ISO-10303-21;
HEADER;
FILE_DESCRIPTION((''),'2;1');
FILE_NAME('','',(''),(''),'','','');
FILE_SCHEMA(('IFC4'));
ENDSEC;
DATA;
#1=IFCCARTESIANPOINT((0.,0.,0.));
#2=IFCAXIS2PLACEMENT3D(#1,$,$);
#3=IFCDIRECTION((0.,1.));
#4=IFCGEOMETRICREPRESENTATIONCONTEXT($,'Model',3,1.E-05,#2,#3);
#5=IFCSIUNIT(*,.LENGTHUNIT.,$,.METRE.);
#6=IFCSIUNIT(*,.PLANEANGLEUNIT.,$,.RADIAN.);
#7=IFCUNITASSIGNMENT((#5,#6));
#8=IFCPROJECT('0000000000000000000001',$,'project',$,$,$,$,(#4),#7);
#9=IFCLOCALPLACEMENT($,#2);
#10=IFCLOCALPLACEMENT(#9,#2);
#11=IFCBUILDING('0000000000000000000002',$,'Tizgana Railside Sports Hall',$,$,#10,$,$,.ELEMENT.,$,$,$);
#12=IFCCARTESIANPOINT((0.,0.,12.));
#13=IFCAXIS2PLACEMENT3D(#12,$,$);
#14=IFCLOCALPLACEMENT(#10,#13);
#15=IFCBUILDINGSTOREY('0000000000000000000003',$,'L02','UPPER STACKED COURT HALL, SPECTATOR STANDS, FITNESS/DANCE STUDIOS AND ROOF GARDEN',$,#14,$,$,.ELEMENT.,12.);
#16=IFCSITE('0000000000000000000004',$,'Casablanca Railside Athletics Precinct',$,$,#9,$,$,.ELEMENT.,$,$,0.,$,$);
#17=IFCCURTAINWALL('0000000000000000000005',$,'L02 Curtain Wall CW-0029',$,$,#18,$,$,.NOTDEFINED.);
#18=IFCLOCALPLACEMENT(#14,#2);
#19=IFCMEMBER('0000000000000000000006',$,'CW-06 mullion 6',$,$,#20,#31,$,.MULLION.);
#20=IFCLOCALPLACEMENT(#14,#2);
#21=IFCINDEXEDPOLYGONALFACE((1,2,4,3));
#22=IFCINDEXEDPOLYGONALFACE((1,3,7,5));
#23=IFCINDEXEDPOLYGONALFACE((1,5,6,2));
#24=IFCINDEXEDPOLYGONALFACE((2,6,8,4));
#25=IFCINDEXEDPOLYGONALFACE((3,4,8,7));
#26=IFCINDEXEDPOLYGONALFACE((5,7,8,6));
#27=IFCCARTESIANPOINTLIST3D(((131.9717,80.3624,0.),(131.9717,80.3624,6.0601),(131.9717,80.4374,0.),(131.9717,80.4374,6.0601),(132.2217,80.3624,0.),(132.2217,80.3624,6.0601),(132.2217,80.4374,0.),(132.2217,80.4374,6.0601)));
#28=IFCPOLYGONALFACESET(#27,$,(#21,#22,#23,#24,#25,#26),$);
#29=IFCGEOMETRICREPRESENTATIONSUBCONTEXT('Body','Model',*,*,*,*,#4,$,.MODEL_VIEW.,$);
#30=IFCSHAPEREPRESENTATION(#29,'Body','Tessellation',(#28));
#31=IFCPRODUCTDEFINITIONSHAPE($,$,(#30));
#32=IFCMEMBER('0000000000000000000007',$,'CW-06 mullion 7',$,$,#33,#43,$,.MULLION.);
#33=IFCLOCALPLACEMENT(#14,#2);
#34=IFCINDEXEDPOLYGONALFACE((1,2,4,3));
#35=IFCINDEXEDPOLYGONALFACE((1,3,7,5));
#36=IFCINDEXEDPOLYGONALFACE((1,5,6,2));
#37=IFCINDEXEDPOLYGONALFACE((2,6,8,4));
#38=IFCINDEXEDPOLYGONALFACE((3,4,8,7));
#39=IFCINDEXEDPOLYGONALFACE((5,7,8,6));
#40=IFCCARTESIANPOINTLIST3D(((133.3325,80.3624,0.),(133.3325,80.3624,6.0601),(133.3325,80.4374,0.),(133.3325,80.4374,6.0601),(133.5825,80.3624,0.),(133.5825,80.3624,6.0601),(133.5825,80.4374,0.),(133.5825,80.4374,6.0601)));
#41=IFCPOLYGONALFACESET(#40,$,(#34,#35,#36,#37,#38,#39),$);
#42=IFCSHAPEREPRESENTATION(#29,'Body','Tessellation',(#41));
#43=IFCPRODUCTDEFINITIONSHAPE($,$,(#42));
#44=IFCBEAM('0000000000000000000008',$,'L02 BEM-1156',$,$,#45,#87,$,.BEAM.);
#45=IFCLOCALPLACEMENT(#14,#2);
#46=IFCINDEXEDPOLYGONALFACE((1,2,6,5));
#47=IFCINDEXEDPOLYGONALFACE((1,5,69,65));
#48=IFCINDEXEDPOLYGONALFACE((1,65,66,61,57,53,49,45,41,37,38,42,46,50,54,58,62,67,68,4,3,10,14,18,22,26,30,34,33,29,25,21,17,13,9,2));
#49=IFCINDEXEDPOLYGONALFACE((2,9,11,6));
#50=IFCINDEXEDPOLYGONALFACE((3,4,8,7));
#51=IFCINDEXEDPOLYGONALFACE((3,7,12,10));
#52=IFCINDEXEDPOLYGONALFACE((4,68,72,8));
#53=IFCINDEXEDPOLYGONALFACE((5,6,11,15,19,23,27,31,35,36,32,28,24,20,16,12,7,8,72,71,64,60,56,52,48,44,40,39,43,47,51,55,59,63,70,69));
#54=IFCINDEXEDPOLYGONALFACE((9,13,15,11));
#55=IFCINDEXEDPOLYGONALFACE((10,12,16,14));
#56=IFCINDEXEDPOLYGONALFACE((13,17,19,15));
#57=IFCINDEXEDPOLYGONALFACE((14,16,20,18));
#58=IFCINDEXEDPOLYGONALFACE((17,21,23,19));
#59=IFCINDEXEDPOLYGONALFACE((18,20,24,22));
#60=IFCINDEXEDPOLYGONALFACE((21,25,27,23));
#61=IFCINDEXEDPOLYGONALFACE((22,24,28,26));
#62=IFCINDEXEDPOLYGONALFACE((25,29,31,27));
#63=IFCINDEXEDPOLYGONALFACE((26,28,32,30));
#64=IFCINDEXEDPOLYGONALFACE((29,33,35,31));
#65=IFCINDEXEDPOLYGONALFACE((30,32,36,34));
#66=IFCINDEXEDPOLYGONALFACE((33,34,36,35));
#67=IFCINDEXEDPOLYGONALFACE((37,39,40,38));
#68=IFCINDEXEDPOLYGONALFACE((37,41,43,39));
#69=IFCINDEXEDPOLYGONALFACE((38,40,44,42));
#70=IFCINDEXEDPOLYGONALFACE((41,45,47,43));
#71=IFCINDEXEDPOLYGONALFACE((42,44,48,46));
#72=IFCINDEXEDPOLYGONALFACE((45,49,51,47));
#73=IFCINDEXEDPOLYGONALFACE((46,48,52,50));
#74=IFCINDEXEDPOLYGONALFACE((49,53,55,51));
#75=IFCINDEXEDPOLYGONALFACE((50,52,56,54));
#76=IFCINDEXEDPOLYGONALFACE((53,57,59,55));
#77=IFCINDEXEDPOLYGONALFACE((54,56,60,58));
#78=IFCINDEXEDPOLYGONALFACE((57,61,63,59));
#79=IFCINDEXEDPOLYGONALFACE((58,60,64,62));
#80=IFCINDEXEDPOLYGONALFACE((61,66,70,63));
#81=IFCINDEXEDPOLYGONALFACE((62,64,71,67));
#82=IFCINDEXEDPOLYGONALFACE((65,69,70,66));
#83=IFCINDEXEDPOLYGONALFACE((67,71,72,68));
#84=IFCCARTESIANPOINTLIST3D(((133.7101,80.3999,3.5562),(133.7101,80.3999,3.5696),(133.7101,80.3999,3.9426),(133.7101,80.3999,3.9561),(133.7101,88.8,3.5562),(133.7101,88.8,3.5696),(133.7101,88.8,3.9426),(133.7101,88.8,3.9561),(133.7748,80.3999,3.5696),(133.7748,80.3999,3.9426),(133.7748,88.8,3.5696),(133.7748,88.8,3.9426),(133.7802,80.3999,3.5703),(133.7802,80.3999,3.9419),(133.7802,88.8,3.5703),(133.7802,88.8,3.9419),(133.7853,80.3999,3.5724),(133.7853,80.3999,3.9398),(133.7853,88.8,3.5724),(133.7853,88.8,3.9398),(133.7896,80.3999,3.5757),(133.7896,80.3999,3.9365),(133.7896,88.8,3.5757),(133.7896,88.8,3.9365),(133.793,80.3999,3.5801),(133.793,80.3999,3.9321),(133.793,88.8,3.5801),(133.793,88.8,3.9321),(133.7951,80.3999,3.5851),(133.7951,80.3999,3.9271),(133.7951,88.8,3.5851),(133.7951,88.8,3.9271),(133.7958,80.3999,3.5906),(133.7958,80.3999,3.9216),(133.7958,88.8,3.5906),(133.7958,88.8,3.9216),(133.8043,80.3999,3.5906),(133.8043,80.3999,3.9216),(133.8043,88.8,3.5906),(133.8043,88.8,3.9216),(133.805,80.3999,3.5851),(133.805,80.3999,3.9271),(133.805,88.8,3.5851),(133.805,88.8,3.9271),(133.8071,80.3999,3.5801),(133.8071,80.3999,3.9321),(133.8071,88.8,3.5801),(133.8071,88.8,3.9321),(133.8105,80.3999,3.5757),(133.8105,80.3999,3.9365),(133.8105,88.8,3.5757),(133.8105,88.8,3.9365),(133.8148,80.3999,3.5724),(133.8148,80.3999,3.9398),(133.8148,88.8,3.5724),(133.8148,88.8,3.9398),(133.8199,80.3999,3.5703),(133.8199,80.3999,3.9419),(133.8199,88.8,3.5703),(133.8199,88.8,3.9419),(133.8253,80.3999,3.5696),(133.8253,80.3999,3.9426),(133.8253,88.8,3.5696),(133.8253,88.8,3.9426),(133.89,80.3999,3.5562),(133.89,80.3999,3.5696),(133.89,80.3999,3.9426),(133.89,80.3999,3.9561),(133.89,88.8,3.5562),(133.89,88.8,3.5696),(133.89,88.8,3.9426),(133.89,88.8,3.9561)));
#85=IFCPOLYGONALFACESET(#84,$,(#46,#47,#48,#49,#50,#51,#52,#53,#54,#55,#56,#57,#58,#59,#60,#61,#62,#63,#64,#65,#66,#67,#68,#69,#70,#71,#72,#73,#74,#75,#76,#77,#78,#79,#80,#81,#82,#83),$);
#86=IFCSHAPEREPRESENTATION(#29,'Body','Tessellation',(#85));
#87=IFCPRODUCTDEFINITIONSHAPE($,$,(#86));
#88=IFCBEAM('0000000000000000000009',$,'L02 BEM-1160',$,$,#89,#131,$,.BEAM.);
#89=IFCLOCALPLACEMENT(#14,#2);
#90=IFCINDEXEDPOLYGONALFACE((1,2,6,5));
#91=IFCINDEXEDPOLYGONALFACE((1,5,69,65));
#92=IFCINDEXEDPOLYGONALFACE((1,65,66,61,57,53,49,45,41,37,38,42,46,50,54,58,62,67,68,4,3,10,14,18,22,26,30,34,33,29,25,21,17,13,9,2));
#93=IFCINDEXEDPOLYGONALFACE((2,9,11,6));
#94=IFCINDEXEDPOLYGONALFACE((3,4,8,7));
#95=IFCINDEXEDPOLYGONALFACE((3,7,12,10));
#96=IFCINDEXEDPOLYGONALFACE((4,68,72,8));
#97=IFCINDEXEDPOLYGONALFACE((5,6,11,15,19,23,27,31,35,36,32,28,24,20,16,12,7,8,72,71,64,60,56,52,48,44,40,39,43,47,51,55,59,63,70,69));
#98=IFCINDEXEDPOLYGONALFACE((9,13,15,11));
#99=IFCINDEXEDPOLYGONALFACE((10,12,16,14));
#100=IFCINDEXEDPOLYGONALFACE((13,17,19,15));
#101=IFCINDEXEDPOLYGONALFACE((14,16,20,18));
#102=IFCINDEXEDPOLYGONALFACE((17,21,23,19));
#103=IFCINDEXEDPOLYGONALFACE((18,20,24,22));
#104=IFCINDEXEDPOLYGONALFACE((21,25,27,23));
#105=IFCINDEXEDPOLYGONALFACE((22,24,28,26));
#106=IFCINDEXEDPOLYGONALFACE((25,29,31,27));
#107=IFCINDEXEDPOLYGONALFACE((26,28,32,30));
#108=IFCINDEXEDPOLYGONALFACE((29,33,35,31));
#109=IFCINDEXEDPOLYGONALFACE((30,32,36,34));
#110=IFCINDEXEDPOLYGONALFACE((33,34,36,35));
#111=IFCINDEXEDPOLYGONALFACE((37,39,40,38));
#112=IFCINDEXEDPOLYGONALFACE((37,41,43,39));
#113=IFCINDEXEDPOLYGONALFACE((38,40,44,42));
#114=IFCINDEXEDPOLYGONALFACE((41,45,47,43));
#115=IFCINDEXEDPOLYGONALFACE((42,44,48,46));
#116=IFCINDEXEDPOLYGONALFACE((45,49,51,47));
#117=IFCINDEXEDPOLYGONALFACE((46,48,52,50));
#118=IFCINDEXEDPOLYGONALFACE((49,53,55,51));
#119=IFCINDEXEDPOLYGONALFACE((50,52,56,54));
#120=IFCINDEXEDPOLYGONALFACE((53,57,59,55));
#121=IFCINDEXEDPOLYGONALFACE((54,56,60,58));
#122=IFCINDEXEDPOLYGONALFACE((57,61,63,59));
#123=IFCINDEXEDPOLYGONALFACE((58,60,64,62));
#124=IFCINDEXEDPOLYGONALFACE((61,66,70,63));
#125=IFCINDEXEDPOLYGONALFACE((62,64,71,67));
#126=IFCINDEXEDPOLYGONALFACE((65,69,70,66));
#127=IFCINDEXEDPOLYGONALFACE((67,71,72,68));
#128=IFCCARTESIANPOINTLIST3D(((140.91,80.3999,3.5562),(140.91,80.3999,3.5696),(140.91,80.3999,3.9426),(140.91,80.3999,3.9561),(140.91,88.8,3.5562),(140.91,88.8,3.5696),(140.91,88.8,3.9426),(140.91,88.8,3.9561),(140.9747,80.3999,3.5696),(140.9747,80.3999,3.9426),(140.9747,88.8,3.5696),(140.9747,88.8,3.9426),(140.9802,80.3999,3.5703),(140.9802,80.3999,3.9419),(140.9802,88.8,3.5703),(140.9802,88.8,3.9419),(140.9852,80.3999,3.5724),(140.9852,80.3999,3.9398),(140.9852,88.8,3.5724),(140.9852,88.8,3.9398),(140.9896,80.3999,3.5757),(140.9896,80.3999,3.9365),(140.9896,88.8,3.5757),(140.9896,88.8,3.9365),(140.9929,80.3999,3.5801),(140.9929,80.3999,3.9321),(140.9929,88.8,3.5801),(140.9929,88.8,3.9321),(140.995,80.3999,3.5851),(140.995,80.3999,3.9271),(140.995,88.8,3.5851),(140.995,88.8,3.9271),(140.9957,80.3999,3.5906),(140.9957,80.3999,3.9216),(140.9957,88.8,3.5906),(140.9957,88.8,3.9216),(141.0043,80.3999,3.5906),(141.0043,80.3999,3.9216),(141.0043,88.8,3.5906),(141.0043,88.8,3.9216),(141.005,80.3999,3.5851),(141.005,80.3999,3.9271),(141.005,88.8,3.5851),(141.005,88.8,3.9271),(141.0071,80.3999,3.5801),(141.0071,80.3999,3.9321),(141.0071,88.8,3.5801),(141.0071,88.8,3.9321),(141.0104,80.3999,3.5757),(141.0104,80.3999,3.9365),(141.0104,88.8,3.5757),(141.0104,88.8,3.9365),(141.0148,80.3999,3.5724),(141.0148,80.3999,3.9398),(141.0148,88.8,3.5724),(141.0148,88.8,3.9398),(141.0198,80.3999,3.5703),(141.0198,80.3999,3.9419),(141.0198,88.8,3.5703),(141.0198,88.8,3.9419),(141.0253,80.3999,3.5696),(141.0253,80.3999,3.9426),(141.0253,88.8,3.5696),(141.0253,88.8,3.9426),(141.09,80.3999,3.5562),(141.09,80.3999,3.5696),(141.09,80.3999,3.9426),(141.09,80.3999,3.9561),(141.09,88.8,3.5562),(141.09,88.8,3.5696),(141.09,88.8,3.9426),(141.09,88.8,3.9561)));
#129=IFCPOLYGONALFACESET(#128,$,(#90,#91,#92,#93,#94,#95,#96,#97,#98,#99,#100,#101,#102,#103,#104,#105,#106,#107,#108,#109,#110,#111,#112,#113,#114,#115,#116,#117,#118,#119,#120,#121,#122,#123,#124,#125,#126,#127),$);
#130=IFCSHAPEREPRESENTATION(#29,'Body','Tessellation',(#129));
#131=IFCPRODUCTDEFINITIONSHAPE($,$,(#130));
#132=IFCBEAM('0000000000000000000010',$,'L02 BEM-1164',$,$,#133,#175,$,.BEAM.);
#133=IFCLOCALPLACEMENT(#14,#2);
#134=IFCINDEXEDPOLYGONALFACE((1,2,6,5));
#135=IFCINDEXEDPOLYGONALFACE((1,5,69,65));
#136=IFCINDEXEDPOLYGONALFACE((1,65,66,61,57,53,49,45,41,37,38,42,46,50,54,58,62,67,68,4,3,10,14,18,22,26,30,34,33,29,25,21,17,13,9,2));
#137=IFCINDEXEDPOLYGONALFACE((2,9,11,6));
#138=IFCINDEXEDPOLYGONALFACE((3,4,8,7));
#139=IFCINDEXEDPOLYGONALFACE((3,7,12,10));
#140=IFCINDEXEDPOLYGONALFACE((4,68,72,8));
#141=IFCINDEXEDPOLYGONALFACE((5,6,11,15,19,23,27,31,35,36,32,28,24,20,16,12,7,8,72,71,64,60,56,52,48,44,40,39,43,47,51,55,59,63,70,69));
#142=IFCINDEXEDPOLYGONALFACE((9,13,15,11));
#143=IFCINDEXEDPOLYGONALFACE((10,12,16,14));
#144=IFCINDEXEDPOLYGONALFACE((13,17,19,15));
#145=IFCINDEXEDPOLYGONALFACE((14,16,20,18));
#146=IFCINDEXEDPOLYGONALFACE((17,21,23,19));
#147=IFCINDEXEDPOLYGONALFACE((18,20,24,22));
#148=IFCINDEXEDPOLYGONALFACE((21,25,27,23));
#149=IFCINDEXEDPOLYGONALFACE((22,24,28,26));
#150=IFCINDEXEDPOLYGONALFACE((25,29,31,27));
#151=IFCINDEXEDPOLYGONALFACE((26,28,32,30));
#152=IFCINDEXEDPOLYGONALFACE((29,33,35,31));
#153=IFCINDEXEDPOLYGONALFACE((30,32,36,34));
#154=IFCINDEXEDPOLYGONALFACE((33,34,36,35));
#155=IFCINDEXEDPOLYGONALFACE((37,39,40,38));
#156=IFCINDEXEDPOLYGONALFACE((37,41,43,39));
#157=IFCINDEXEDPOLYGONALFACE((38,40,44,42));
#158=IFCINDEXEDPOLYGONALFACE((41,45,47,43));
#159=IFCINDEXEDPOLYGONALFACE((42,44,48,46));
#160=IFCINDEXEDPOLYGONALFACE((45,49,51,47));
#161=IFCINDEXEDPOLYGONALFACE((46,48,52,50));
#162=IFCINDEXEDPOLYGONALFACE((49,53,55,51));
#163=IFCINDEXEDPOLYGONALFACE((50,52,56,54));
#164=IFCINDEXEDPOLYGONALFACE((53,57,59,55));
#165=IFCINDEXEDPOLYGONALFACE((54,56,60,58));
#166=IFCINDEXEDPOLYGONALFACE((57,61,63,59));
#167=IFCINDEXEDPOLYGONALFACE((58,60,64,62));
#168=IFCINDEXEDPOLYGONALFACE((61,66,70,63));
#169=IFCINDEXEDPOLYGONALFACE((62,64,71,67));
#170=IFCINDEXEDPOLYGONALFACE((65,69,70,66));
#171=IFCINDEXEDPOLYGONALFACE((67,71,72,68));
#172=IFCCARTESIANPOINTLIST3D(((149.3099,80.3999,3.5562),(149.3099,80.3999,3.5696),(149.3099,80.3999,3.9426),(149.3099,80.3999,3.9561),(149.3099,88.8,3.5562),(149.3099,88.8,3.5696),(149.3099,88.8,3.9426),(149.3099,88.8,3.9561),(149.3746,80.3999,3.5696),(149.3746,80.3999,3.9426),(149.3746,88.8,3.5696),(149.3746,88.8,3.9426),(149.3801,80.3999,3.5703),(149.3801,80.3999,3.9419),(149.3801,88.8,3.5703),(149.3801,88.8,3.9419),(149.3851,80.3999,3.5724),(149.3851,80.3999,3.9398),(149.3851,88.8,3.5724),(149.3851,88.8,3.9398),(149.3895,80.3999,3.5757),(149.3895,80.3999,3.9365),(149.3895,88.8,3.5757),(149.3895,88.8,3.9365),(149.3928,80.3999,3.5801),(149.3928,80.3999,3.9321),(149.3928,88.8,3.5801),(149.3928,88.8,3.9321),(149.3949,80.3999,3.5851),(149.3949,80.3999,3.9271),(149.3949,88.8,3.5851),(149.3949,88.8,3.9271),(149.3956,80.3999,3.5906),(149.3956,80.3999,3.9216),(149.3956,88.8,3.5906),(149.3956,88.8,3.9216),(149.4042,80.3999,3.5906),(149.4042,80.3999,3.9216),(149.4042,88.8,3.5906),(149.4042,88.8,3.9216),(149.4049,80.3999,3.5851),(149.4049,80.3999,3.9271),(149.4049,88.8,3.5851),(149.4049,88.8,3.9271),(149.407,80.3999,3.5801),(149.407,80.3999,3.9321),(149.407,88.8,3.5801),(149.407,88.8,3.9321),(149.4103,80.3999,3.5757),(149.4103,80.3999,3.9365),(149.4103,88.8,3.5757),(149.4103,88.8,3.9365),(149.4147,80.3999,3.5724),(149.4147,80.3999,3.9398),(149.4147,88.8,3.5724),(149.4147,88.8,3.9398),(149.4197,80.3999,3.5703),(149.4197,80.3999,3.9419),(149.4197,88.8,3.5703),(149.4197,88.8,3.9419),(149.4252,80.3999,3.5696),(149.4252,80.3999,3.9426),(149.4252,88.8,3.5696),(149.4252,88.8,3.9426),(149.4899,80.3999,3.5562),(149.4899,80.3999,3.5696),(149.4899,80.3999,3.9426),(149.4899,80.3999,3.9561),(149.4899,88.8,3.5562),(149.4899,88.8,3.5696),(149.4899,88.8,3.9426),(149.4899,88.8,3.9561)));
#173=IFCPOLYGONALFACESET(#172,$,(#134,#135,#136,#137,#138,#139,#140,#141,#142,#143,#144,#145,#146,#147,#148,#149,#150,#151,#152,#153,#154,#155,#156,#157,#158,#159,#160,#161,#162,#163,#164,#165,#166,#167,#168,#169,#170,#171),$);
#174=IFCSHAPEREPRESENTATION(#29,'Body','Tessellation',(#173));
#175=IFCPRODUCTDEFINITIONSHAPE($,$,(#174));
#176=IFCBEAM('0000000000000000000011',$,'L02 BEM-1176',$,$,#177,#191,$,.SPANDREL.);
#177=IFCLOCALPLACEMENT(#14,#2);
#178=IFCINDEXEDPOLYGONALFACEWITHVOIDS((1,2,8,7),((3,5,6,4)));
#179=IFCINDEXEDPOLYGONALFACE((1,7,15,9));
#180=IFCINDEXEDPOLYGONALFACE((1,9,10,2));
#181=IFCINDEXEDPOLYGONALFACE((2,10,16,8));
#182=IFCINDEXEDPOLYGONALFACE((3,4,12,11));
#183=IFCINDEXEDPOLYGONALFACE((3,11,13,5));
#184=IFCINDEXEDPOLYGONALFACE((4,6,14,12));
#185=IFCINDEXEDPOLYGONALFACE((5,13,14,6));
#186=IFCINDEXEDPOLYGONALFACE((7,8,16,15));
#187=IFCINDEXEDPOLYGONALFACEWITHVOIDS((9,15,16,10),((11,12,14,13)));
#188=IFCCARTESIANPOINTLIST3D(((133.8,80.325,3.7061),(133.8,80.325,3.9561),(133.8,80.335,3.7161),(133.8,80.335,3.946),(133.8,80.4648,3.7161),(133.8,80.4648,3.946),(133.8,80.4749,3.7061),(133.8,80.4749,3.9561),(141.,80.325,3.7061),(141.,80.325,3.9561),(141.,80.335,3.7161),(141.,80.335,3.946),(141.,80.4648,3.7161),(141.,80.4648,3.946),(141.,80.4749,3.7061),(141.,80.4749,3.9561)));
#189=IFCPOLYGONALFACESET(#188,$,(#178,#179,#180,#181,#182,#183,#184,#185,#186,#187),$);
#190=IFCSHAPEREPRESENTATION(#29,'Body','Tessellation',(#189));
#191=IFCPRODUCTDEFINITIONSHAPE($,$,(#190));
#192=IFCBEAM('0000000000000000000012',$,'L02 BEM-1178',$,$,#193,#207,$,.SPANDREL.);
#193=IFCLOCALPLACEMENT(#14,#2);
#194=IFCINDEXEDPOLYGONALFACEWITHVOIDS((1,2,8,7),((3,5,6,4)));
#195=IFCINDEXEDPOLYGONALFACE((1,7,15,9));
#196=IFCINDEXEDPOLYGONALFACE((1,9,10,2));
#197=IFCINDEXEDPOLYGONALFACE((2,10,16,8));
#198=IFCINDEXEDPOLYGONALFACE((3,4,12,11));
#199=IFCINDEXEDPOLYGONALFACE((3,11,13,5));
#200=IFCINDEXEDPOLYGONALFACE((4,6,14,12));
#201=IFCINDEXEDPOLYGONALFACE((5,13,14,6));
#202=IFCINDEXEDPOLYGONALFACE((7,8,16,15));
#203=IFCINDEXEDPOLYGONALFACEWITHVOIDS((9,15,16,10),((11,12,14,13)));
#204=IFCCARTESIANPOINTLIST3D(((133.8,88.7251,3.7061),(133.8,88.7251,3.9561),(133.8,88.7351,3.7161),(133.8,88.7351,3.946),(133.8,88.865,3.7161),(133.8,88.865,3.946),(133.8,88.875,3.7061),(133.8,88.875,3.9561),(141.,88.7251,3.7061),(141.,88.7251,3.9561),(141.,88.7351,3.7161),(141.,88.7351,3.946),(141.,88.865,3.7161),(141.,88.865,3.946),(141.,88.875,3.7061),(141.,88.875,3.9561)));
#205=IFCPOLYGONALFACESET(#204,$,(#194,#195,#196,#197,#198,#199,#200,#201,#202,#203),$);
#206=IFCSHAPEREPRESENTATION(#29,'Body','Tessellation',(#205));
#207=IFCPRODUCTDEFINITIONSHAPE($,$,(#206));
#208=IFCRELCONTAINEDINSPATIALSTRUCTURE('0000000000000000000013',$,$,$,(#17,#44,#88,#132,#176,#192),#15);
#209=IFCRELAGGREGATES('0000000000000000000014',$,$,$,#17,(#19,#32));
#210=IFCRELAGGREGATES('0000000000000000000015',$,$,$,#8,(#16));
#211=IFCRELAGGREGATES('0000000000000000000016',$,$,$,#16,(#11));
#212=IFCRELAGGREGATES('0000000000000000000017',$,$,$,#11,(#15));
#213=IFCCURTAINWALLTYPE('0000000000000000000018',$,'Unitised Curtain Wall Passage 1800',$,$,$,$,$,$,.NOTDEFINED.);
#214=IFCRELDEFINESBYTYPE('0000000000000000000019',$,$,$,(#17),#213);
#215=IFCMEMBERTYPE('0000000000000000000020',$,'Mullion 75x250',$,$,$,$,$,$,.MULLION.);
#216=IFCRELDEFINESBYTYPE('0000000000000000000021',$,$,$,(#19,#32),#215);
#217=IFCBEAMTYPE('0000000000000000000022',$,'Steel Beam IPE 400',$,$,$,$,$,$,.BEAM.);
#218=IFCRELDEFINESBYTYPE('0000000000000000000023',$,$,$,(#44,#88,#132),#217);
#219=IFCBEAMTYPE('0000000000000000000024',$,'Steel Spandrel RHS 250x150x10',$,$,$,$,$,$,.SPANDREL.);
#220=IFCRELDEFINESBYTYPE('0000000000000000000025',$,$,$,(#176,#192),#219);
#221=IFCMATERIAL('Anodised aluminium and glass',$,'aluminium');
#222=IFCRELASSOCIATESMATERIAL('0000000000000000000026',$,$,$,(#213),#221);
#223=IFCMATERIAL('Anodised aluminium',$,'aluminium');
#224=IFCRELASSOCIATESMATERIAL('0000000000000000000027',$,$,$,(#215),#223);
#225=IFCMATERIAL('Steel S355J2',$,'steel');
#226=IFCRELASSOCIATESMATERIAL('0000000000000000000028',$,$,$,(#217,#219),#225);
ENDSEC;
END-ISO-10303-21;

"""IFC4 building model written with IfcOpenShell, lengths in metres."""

from ifc_helpers import new_model, si_unit, direction, frame, origin, origin_2d, place, context, subcontext, project, spatial, rectangle, hollow_rectangle, i_section, extrude, material, material_profile, profile_set, type_object, element, aggregate, save


model = new_model("IFC4")

# Units and contexts
model_context = context("Model", 3, precision=1e-05, world=origin(), true_north=direction((0.0, 1.0)))
body_context = subcontext(model_context, "Body", "Model", "MODEL_VIEW")
ifc_project = project(units=[si_unit("LENGTHUNIT", "METRE"), si_unit("PLANEANGLEUNIT", "RADIAN")], contexts=[model_context])

# Site, building, storey
site_placement = place(None, origin())
site = spatial("IfcSite", under=ifc_project, at=site_placement, Name="Casablanca Railside Athletics Precinct", CompositionType="ELEMENT", RefElevation=0.0)
building_placement = place(site_placement, origin())
building = spatial("IfcBuilding", under=site, at=building_placement, Name="Tizgana Railside Sports Hall", CompositionType="ELEMENT")
storey_placement = place(building_placement, frame((0.0, 0.0, 12.0)))
storey = spatial("IfcBuildingStorey", under=building, at=storey_placement, Name="L02", Description="UPPER STACKED COURT HALL, SPECTATOR STANDS, FITNESS/DANCE STUDIOS AND ROOF GARDEN", CompositionType="ELEMENT", Elevation=12.0)

# Shared definitions
ifc_material_1 = material(Name="Steel S355J2", Category="steel")

# Shared definitions
ifc_material_2 = material(Name="Anodised aluminium and glass", Category="aluminium")
ifc_material_3 = material(Name="Anodised aluminium", Category="aluminium")

# Curtain wall, members
curtain_wall_type_1 = type_object("IfcCurtainWallType", Name="Unitised Curtain Wall Passage 1800", PredefinedType="NOTDEFINED", material=ifc_material_2)
curtain_wall_1_placement = place(storey_placement, origin())
curtain_wall_1 = element("IfcCurtainWall", 1, at=curtain_wall_1_placement, inside=storey, type_object=curtain_wall_type_1, Name="L02 Curtain Wall CW-0029", PredefinedType="NOTDEFINED")
ifc_material_profile_1 = material_profile(ifc_material_3, rectangle(XDim=0.075, YDim=0.25, at=origin_2d()), Name="Mullion 75x250")
ifc_profile_set_1 = profile_set([ifc_material_profile_1], Name="Anodised aluminium")
member_type_1 = type_object("IfcMemberType", Name="Mullion 75x250", PredefinedType="MULLION", material=ifc_profile_set_1)
member_1_placement = place(storey_placement, frame((132.0967, 80.3999, 0.0), z_axis=(0.0, 0.0, 1.0), x_axis=(0.0, 1.0, 0.0)))
member_1 = element("IfcMember", 2, at=member_1_placement, type_object=member_type_1, Name="CW-06 mullion 6", PredefinedType="MULLION", context=body_context, shape_type="SweptSolid", body=[
    extrude(rectangle(XDim=0.075, YDim=0.25, at=origin_2d()), origin(), (0.0, 0.0, 1.0), 6.0601),
])
member_2_placement = place(storey_placement, frame((133.4575, 80.3999, 0.0), z_axis=(0.0, 0.0, 1.0), x_axis=(0.0, 1.0, 0.0)))
member_2 = element("IfcMember", 3, at=member_2_placement, type_object=member_type_1, Name="CW-06 mullion 7", PredefinedType="MULLION", context=body_context, shape_type="SweptSolid", body=[
    extrude(rectangle(XDim=0.075, YDim=0.25, at=origin_2d()), origin(), (0.0, 0.0, 1.0), 6.0601),
])

# Beams
ifc_material_profile_2 = material_profile(ifc_material_1, i_section(OverallWidth=0.1799, OverallDepth=0.3999, WebThickness=0.0085, FlangeThickness=0.0134, FilletRadius=0.021, at=origin_2d()), Name="IPE 400")
ifc_profile_set_2 = profile_set([ifc_material_profile_2], Name="Steel S355J2")
beam_type_1 = type_object("IfcBeamType", Name="Steel Beam IPE 400", PredefinedType="BEAM", material=ifc_profile_set_2)
for number, where, z_axis, x_axis, name in (
    (4, (133.8, 80.3999, 3.7561), (0.0, 1.0, 0.0), (-1.0, 0.0, 0.0), "L02 BEM-1156"),
    (5, (141.0, 80.3999, 3.7561), (0.0, 1.0, 0.0), (-1.0, 0.0, 0.0), "L02 BEM-1160"),
    (6, (149.3999, 80.3999, 3.7561), (0.0, 1.0, 0.0), (-1.0, 0.0, 0.0), "L02 BEM-1164"),
):
    element("IfcBeam", number, at=place(storey_placement, frame(where, z_axis=z_axis, x_axis=x_axis)), inside=storey, type_object=beam_type_1, Name=name, PredefinedType="BEAM", context=body_context, shape_type="SweptSolid", body=[
        extrude(i_section(OverallWidth=0.1799, OverallDepth=0.3999, WebThickness=0.0085, FlangeThickness=0.0134, FilletRadius=0.021, at=origin_2d()), origin(), (0.0, 0.0, 1.0), 8.4001),
    ])
ifc_material_profile_3 = material_profile(ifc_material_1, hollow_rectangle(XDim=0.1499, YDim=0.25, WallThickness=0.01, at=origin_2d()), Name="RHS 250x150x10")
ifc_profile_set_3 = profile_set([ifc_material_profile_3], Name="Steel S355J2")
beam_type_2 = type_object("IfcBeamType", Name="Steel Spandrel RHS 250x150x10", PredefinedType="SPANDREL", material=ifc_profile_set_3)
for number, where, z_axis, x_axis, name in (
    (7, (133.8, 80.3999, 3.8311), (1.0, 0.0, 0.0), (0.0, 1.0, 0.0), "L02 BEM-1176"),
    (8, (133.8, 88.8, 3.8311), (1.0, 0.0, 0.0), (0.0, 1.0, 0.0), "L02 BEM-1178"),
):
    element("IfcBeam", number, at=place(storey_placement, frame(where, z_axis=z_axis, x_axis=x_axis)), inside=storey, type_object=beam_type_2, Name=name, PredefinedType="SPANDREL", context=body_context, shape_type="SweptSolid", body=[
        extrude(hollow_rectangle(XDim=0.1499, YDim=0.25, WallThickness=0.01, at=origin_2d()), origin(), (0.0, 0.0, 1.0), 7.2),
    ])

aggregate(curtain_wall_1, [member_1, member_2])

save(model, "model.ifc")
